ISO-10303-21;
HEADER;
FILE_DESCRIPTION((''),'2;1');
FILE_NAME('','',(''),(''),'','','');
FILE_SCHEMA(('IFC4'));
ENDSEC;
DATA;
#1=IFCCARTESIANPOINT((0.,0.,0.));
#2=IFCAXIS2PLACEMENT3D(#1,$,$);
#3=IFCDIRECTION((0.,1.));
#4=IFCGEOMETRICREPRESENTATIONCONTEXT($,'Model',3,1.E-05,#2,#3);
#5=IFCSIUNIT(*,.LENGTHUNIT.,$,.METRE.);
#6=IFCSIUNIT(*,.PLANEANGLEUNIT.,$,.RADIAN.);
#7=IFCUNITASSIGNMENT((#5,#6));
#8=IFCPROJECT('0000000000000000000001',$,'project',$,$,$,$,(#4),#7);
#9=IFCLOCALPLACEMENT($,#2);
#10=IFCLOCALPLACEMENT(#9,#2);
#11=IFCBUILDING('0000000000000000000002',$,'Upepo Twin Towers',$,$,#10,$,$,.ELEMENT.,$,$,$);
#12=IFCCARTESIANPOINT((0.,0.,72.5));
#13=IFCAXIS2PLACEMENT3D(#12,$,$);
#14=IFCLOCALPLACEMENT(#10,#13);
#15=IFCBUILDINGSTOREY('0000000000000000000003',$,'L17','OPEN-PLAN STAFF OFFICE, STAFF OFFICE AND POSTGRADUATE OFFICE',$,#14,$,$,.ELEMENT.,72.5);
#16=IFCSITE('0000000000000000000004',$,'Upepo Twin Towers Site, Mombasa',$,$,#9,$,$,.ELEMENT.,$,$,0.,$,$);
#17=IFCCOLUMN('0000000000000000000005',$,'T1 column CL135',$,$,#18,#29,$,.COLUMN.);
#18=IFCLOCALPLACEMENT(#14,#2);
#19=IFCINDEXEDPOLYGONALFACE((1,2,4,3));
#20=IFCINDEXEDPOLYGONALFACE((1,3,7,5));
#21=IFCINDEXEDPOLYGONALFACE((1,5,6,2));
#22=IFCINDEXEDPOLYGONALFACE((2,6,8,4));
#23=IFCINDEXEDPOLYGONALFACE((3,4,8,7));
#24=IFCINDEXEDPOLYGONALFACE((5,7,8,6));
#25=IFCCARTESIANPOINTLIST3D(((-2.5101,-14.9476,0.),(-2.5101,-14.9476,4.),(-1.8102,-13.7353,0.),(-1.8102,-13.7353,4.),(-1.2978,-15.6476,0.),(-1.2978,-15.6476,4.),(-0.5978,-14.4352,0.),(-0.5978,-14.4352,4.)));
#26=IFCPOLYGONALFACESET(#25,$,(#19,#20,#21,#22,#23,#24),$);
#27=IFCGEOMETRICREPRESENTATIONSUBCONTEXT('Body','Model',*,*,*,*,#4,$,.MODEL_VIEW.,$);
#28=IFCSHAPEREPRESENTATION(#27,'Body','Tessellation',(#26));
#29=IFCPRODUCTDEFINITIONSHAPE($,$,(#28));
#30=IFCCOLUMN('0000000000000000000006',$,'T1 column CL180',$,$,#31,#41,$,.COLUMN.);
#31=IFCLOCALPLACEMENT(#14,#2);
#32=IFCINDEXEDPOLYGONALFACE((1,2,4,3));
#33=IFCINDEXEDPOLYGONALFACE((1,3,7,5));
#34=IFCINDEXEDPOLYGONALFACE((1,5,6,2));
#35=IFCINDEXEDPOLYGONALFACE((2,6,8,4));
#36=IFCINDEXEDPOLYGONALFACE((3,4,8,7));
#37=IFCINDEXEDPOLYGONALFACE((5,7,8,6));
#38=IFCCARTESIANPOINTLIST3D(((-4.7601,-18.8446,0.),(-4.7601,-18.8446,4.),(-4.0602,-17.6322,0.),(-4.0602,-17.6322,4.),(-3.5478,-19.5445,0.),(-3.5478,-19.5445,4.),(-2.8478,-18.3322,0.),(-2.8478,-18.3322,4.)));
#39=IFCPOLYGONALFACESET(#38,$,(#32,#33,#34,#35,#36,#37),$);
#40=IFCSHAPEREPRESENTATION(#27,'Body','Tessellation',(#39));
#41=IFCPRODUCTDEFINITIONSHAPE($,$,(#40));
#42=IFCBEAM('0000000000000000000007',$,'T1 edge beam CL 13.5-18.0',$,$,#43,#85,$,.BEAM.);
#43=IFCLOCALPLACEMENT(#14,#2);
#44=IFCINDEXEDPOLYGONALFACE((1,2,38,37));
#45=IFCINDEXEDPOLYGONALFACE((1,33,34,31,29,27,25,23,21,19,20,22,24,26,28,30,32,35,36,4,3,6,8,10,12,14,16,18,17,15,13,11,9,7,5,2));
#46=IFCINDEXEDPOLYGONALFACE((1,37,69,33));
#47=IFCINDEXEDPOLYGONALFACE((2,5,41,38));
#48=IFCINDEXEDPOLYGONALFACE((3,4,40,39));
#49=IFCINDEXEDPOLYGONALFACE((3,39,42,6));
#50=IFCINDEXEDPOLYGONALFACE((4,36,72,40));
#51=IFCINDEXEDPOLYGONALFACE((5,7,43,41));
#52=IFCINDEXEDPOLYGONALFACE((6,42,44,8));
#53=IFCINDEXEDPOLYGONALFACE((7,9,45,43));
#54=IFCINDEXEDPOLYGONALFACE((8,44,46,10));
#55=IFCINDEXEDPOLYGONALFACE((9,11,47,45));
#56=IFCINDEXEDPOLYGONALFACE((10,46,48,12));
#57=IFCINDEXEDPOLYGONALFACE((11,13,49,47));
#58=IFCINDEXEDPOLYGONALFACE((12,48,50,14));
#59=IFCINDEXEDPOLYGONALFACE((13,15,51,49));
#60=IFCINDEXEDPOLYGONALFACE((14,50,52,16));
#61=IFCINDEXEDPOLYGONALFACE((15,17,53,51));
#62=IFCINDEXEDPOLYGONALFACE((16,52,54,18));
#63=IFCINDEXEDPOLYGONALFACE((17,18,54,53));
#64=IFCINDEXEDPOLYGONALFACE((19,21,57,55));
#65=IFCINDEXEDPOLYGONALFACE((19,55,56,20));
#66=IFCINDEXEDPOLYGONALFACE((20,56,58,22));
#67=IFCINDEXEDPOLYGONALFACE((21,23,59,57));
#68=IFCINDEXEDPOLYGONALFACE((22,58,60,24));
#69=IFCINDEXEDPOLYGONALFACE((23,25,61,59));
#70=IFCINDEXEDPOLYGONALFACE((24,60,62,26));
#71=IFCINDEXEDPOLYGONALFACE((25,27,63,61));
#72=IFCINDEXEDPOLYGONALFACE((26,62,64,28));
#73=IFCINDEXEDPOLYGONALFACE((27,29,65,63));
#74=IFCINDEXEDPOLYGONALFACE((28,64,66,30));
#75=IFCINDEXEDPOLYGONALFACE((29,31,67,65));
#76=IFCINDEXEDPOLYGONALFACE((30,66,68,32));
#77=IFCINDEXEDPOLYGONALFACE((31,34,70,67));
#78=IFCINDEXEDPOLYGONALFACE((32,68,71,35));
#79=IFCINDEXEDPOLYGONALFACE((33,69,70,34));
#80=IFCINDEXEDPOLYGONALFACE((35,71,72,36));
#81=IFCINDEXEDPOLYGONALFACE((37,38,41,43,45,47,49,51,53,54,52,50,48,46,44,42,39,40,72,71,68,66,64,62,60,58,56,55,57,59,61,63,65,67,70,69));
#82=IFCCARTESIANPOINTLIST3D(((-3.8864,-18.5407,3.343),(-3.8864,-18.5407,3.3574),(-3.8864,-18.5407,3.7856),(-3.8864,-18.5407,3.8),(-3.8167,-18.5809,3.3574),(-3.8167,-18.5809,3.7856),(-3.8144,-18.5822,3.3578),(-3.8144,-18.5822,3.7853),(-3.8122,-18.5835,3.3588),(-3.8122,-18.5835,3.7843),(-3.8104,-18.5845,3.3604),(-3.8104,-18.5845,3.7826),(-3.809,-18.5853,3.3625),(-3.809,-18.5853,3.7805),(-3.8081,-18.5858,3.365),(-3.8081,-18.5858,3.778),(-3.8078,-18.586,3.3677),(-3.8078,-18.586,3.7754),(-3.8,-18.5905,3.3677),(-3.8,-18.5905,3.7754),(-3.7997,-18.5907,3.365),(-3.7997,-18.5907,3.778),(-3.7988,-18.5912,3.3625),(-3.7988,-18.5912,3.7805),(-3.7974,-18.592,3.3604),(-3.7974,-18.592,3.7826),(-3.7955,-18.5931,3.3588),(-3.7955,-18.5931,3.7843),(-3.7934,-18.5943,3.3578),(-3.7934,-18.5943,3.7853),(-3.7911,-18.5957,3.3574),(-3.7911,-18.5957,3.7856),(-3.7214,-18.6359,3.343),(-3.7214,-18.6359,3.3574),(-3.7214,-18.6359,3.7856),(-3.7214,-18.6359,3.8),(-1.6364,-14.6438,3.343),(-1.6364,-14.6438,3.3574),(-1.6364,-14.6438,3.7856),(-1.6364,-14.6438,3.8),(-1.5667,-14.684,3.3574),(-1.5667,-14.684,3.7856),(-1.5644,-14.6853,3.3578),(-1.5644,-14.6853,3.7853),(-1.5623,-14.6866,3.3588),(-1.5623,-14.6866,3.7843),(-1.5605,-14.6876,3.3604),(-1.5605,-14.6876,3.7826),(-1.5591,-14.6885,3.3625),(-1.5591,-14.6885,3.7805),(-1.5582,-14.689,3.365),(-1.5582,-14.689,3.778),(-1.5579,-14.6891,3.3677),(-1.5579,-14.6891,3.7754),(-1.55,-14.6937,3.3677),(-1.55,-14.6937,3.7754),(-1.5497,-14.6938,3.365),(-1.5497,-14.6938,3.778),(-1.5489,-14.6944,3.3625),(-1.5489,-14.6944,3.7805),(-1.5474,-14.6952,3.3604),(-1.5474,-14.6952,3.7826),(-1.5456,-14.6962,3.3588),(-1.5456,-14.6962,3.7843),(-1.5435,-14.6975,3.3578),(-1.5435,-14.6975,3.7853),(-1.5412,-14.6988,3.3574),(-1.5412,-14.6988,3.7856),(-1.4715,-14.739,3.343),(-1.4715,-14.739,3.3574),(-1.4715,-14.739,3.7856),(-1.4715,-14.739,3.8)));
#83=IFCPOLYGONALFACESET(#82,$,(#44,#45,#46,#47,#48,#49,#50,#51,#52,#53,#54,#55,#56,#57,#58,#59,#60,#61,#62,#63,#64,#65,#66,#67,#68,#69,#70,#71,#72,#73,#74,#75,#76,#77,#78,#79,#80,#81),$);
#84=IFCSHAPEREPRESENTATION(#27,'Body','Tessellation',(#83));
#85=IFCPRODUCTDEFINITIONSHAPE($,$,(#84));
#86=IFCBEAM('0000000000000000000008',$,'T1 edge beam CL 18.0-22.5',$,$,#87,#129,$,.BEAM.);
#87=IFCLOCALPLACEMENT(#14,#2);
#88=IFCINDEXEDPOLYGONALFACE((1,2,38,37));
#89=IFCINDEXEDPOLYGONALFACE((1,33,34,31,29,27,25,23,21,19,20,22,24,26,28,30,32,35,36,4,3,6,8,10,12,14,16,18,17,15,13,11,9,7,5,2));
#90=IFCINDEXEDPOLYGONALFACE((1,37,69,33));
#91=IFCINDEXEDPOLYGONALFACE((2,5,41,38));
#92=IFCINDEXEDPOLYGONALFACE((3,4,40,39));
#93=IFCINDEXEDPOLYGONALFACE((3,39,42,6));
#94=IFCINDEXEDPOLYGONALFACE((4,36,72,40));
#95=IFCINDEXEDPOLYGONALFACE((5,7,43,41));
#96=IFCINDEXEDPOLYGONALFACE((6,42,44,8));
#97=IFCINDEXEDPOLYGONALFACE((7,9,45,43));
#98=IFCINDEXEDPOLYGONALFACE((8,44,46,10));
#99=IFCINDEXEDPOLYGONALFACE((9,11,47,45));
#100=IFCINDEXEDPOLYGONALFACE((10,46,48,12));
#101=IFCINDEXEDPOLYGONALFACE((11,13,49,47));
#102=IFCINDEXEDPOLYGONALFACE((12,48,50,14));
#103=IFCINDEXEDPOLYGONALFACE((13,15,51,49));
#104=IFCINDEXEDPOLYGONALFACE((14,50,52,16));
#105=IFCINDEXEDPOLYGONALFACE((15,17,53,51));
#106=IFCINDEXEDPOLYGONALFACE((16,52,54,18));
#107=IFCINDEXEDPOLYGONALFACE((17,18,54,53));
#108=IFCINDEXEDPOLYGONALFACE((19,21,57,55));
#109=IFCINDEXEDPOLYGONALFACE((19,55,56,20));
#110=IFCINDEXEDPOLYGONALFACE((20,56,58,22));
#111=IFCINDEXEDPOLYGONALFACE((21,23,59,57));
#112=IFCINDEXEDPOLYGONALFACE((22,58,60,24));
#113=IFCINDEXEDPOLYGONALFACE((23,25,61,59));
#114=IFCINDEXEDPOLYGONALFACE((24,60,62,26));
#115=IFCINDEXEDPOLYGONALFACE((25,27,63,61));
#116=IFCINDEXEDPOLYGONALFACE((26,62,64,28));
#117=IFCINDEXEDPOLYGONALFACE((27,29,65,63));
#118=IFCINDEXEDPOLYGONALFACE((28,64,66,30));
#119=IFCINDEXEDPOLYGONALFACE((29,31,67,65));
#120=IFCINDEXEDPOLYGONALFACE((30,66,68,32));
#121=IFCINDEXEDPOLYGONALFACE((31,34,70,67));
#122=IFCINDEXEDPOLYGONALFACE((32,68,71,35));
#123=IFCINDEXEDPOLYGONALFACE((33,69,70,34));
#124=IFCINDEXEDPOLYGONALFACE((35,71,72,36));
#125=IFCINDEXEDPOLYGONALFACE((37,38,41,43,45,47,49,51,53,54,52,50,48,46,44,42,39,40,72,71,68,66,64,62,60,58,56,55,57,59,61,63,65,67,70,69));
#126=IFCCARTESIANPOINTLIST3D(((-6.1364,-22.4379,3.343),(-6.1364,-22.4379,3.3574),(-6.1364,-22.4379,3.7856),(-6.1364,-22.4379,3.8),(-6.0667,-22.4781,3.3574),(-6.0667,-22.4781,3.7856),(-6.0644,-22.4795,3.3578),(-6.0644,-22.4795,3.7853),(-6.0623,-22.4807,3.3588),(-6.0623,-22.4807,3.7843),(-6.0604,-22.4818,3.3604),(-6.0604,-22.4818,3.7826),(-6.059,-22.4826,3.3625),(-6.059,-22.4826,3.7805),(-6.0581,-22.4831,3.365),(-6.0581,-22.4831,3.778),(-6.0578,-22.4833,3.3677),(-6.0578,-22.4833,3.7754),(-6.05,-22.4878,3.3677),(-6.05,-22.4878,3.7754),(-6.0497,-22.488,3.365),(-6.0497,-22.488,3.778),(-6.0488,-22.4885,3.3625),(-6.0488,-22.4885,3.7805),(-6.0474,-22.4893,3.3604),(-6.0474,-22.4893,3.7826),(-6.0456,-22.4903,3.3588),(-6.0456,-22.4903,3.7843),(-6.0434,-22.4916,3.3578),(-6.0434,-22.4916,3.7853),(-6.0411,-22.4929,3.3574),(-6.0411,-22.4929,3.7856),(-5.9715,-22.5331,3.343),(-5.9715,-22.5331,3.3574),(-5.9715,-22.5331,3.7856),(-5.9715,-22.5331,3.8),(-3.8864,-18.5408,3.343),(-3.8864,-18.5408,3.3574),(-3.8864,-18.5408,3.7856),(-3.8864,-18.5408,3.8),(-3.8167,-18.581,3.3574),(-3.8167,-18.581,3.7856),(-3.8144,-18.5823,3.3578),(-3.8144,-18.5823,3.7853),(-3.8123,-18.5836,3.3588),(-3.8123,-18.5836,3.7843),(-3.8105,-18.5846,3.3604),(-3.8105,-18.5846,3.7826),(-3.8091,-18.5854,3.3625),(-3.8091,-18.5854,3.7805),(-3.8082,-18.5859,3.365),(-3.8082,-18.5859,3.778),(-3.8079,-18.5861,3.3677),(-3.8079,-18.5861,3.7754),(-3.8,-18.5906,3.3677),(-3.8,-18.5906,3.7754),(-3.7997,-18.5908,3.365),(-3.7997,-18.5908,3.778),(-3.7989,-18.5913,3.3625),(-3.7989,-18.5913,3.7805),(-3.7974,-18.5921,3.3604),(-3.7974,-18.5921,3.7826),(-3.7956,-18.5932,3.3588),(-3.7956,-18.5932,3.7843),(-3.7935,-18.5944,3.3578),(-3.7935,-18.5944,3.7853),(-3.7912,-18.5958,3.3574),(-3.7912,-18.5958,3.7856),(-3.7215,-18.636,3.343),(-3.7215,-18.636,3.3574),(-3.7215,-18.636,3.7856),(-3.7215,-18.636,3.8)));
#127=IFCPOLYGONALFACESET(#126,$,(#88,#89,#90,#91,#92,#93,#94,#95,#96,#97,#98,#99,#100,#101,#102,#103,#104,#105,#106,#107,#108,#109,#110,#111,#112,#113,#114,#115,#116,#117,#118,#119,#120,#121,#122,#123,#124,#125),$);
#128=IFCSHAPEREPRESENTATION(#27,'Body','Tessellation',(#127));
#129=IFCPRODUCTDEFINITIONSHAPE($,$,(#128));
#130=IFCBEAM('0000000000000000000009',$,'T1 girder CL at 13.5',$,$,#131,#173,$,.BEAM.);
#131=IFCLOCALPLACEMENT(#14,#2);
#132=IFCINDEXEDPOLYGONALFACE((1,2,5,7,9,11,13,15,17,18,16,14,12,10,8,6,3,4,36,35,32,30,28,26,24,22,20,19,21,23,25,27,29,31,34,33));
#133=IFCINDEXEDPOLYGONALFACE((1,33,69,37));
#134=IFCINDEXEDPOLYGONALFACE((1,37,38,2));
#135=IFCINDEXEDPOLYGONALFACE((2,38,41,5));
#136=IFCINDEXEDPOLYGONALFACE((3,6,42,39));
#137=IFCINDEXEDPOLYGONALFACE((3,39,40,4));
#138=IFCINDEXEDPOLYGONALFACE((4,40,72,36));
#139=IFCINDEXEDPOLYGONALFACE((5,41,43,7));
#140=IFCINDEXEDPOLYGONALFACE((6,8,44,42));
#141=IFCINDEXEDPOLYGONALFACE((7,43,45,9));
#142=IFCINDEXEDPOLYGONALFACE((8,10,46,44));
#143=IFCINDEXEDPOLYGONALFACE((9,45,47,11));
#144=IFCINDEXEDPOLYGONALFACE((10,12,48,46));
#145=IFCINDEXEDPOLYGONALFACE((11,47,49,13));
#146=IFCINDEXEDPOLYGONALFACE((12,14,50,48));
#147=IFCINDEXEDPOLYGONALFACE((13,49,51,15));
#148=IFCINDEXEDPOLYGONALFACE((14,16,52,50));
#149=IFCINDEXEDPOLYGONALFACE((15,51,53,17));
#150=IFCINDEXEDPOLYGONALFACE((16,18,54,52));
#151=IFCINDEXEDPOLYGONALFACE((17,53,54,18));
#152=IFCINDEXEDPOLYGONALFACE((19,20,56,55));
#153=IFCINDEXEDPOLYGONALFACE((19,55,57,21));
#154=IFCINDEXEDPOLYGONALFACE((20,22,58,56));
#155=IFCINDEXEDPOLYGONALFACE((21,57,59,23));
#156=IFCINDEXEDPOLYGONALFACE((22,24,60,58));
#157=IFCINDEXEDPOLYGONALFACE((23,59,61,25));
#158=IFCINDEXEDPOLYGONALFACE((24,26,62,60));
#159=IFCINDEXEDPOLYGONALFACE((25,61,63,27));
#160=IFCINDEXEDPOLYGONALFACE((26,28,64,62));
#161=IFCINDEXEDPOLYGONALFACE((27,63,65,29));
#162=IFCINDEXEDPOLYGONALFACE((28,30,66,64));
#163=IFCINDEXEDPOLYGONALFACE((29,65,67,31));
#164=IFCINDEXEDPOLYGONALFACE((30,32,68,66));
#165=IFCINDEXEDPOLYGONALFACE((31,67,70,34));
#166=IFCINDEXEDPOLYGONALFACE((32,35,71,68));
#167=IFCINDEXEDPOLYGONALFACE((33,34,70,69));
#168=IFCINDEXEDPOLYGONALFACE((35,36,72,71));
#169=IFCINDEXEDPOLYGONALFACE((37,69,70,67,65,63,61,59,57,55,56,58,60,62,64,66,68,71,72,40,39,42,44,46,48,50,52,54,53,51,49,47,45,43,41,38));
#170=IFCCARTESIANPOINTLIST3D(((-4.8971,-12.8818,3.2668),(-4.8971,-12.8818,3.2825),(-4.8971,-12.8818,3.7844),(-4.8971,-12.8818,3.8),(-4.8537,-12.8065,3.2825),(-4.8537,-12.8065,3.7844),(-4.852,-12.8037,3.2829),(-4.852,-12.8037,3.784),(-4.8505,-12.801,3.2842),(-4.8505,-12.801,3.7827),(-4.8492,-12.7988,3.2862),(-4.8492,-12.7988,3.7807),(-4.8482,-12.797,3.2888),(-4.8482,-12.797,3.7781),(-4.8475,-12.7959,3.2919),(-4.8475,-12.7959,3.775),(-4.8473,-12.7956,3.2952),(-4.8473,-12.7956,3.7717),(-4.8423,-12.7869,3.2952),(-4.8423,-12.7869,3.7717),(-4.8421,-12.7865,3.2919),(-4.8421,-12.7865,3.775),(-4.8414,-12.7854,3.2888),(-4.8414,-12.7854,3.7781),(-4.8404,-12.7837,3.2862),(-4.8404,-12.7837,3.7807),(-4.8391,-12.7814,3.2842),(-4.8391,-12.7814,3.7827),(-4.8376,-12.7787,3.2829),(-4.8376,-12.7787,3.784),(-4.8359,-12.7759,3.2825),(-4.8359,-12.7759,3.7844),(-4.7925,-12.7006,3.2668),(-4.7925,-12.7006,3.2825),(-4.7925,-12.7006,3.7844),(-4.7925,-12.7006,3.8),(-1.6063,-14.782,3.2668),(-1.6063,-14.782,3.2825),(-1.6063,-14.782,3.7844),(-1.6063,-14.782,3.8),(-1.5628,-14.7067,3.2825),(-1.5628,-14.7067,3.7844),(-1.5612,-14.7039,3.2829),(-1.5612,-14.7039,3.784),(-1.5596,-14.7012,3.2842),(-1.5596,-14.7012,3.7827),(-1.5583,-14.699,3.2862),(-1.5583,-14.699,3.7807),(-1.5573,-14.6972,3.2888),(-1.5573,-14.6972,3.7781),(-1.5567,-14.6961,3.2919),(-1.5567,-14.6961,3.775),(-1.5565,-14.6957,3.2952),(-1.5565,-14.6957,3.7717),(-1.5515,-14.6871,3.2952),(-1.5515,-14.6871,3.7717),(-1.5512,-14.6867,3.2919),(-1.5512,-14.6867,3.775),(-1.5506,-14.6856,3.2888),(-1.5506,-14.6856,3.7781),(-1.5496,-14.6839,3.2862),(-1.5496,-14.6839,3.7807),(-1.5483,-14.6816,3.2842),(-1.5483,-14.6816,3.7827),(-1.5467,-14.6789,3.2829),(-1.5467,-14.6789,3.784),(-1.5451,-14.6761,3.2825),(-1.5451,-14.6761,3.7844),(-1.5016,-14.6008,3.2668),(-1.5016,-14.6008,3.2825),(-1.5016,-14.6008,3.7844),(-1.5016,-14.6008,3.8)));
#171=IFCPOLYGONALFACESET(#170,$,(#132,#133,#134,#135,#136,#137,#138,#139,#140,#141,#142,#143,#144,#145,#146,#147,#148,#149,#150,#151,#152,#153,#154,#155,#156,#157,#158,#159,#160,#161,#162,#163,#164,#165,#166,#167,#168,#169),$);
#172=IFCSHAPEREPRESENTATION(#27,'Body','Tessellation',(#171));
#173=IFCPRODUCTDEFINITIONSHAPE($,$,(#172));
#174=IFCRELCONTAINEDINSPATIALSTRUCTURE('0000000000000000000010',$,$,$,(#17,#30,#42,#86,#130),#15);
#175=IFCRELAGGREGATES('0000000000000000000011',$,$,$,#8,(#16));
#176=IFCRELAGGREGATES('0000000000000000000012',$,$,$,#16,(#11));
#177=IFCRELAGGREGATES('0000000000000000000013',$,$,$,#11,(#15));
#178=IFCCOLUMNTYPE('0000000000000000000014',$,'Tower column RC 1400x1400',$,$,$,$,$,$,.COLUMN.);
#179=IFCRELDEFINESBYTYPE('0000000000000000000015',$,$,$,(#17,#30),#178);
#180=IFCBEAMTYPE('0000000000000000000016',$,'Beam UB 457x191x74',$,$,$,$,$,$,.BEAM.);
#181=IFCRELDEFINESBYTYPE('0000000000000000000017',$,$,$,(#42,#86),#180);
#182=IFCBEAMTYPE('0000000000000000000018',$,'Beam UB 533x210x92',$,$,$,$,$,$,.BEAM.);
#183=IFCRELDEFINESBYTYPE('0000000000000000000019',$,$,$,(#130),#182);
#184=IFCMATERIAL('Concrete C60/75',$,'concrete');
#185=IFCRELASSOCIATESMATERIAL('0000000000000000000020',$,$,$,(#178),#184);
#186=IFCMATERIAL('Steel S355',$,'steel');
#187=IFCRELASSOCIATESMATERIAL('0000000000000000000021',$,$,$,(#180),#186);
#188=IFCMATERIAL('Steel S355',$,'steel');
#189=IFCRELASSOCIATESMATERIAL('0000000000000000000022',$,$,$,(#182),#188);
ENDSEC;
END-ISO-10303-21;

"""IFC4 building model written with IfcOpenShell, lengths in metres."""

from ifc_helpers import new_model, si_unit, direction, frame, origin, origin_2d, place, context, subcontext, project, spatial, rectangle, i_section, extrude, material, material_profile, profile_set, type_object, element, save


model = new_model("IFC4")

# Units and contexts
model_context = context("Model", 3, precision=1e-05, world=origin(), true_north=direction((0.0, 1.0)))
body_context = subcontext(model_context, "Body", "Model", "MODEL_VIEW")
ifc_project = project(units=[si_unit("LENGTHUNIT", "METRE"), si_unit("PLANEANGLEUNIT", "RADIAN")], contexts=[model_context])

# Site, building, storey
site_placement = place(None, origin())
site = spatial("IfcSite", under=ifc_project, at=site_placement, Name="Upepo Twin Towers Site, Mombasa", CompositionType="ELEMENT", RefElevation=0.0)
building_placement = place(site_placement, origin())
building = spatial("IfcBuilding", under=site, at=building_placement, Name="Upepo Twin Towers", CompositionType="ELEMENT")
storey_placement = place(building_placement, frame((0.0, 0.0, 72.5)))
storey = spatial("IfcBuildingStorey", under=building, at=storey_placement, Name="L17", Description="OPEN-PLAN STAFF OFFICE, STAFF OFFICE AND POSTGRADUATE OFFICE", CompositionType="ELEMENT", Elevation=72.5)

# Columns
ifc_material_1 = material(Name="Concrete C60/75", Category="concrete")
ifc_material_profile_1 = material_profile(ifc_material_1, rectangle(XDim=1.3999, YDim=1.3999, at=origin_2d()), Name="RC 1400x1400")
ifc_profile_set_1 = profile_set([ifc_material_profile_1], Name="Concrete C60/75")
column_type = type_object("IfcColumnType", Name="Tower column RC 1400x1400", PredefinedType="COLUMN", material=ifc_profile_set_1)
for number, where, z_axis, x_axis, name in (
    (1, (-1.554, -14.6914, 0.0), (0.0, 0.0, 1.0), (0.5, 0.866025, 0.0), "T1 column CL135"),
    (2, (-3.804, -18.5884, 0.0), (0.0, 0.0, 1.0), (0.5, 0.866025, 0.0), "T1 column CL180"),
):
    element("IfcColumn", number, at=place(storey_placement, frame(where, z_axis=z_axis, x_axis=x_axis)), inside=storey, type_object=column_type, Name=name, PredefinedType="COLUMN", context=body_context, shape_type="SweptSolid", body=[
        extrude(rectangle(XDim=1.3999, YDim=1.3999, at=origin_2d()), origin(), (0.0, 0.0, 1.0), 4.0),
    ])

# Beams
ifc_material_2 = material(Name="Steel S355", Category="steel")
ifc_material_profile_2 = material_profile(ifc_material_2, i_section(OverallWidth=0.1904, OverallDepth=0.457, WebThickness=0.009, FlangeThickness=0.0144, FilletRadius=0.0103, at=origin_2d()), Name="UB 457x191x74")
ifc_profile_set_2 = profile_set([ifc_material_profile_2], Name="Steel S355")
beam_type_1 = type_object("IfcBeamType", Name="Beam UB 457x191x74", PredefinedType="BEAM", material=ifc_profile_set_2)
beam_1_placement = place(storey_placement, frame((-1.554, -14.6914, 3.5715), z_axis=(-0.500014, -0.866018, 0.0), x_axis=(0.866018, -0.500014, 0.0)))
element("IfcBeam", 3, at=beam_1_placement, inside=storey, type_object=beam_type_1, Name="T1 edge beam CL 13.5-18.0", PredefinedType="BEAM", context=body_context, shape_type="SweptSolid", body=[
    extrude(i_section(OverallWidth=0.1904, OverallDepth=0.457, WebThickness=0.009, FlangeThickness=0.0144, FilletRadius=0.0103, at=origin_2d()), origin(), (0.0, 0.0, 1.0), 4.4998),
])
beam_2_placement = place(storey_placement, frame((-3.804, -18.5884, 3.5715), z_axis=(-0.49999, -0.866031, 0.0), x_axis=(0.866031, -0.49999, 0.0)))
element("IfcBeam", 4, at=beam_2_placement, inside=storey, type_object=beam_type_1, Name="T1 edge beam CL 18.0-22.5", PredefinedType="BEAM", context=body_context, shape_type="SweptSolid", body=[
    extrude(i_section(OverallWidth=0.1904, OverallDepth=0.457, WebThickness=0.009, FlangeThickness=0.0144, FilletRadius=0.0103, at=origin_2d()), origin(), (0.0, 0.0, 1.0), 4.5),
])
ifc_material_3 = material(Name="Steel S355", Category="steel")
ifc_material_profile_3 = material_profile(ifc_material_3, i_section(OverallWidth=0.2092, OverallDepth=0.5332, WebThickness=0.01, FlangeThickness=0.0156, FilletRadius=0.0127, at=origin_2d()), Name="UB 533x210x92")
ifc_profile_set_3 = profile_set([ifc_material_profile_3], Name="Steel S355")
beam_type_2 = type_object("IfcBeamType", Name="Beam UB 533x210x92", PredefinedType="BEAM", material=ifc_profile_set_3)
beam_3_placement = place(storey_placement, frame((-1.554, -14.6914, 3.5334), z_axis=(-0.866, 0.500043, 0.0), x_axis=(-0.500043, -0.866, 0.0)))
element("IfcBeam", 5, at=beam_3_placement, inside=storey, type_object=beam_type_2, Name="T1 girder CL at 13.5", PredefinedType="BEAM", context=body_context, shape_type="SweptSolid", body=[
    extrude(i_section(OverallWidth=0.2092, OverallDepth=0.5332, WebThickness=0.01, FlangeThickness=0.0156, FilletRadius=0.0127, at=origin_2d()), origin(), (0.0, 0.0, 1.0), 3.8),
])

save(model, "model.ifc")
